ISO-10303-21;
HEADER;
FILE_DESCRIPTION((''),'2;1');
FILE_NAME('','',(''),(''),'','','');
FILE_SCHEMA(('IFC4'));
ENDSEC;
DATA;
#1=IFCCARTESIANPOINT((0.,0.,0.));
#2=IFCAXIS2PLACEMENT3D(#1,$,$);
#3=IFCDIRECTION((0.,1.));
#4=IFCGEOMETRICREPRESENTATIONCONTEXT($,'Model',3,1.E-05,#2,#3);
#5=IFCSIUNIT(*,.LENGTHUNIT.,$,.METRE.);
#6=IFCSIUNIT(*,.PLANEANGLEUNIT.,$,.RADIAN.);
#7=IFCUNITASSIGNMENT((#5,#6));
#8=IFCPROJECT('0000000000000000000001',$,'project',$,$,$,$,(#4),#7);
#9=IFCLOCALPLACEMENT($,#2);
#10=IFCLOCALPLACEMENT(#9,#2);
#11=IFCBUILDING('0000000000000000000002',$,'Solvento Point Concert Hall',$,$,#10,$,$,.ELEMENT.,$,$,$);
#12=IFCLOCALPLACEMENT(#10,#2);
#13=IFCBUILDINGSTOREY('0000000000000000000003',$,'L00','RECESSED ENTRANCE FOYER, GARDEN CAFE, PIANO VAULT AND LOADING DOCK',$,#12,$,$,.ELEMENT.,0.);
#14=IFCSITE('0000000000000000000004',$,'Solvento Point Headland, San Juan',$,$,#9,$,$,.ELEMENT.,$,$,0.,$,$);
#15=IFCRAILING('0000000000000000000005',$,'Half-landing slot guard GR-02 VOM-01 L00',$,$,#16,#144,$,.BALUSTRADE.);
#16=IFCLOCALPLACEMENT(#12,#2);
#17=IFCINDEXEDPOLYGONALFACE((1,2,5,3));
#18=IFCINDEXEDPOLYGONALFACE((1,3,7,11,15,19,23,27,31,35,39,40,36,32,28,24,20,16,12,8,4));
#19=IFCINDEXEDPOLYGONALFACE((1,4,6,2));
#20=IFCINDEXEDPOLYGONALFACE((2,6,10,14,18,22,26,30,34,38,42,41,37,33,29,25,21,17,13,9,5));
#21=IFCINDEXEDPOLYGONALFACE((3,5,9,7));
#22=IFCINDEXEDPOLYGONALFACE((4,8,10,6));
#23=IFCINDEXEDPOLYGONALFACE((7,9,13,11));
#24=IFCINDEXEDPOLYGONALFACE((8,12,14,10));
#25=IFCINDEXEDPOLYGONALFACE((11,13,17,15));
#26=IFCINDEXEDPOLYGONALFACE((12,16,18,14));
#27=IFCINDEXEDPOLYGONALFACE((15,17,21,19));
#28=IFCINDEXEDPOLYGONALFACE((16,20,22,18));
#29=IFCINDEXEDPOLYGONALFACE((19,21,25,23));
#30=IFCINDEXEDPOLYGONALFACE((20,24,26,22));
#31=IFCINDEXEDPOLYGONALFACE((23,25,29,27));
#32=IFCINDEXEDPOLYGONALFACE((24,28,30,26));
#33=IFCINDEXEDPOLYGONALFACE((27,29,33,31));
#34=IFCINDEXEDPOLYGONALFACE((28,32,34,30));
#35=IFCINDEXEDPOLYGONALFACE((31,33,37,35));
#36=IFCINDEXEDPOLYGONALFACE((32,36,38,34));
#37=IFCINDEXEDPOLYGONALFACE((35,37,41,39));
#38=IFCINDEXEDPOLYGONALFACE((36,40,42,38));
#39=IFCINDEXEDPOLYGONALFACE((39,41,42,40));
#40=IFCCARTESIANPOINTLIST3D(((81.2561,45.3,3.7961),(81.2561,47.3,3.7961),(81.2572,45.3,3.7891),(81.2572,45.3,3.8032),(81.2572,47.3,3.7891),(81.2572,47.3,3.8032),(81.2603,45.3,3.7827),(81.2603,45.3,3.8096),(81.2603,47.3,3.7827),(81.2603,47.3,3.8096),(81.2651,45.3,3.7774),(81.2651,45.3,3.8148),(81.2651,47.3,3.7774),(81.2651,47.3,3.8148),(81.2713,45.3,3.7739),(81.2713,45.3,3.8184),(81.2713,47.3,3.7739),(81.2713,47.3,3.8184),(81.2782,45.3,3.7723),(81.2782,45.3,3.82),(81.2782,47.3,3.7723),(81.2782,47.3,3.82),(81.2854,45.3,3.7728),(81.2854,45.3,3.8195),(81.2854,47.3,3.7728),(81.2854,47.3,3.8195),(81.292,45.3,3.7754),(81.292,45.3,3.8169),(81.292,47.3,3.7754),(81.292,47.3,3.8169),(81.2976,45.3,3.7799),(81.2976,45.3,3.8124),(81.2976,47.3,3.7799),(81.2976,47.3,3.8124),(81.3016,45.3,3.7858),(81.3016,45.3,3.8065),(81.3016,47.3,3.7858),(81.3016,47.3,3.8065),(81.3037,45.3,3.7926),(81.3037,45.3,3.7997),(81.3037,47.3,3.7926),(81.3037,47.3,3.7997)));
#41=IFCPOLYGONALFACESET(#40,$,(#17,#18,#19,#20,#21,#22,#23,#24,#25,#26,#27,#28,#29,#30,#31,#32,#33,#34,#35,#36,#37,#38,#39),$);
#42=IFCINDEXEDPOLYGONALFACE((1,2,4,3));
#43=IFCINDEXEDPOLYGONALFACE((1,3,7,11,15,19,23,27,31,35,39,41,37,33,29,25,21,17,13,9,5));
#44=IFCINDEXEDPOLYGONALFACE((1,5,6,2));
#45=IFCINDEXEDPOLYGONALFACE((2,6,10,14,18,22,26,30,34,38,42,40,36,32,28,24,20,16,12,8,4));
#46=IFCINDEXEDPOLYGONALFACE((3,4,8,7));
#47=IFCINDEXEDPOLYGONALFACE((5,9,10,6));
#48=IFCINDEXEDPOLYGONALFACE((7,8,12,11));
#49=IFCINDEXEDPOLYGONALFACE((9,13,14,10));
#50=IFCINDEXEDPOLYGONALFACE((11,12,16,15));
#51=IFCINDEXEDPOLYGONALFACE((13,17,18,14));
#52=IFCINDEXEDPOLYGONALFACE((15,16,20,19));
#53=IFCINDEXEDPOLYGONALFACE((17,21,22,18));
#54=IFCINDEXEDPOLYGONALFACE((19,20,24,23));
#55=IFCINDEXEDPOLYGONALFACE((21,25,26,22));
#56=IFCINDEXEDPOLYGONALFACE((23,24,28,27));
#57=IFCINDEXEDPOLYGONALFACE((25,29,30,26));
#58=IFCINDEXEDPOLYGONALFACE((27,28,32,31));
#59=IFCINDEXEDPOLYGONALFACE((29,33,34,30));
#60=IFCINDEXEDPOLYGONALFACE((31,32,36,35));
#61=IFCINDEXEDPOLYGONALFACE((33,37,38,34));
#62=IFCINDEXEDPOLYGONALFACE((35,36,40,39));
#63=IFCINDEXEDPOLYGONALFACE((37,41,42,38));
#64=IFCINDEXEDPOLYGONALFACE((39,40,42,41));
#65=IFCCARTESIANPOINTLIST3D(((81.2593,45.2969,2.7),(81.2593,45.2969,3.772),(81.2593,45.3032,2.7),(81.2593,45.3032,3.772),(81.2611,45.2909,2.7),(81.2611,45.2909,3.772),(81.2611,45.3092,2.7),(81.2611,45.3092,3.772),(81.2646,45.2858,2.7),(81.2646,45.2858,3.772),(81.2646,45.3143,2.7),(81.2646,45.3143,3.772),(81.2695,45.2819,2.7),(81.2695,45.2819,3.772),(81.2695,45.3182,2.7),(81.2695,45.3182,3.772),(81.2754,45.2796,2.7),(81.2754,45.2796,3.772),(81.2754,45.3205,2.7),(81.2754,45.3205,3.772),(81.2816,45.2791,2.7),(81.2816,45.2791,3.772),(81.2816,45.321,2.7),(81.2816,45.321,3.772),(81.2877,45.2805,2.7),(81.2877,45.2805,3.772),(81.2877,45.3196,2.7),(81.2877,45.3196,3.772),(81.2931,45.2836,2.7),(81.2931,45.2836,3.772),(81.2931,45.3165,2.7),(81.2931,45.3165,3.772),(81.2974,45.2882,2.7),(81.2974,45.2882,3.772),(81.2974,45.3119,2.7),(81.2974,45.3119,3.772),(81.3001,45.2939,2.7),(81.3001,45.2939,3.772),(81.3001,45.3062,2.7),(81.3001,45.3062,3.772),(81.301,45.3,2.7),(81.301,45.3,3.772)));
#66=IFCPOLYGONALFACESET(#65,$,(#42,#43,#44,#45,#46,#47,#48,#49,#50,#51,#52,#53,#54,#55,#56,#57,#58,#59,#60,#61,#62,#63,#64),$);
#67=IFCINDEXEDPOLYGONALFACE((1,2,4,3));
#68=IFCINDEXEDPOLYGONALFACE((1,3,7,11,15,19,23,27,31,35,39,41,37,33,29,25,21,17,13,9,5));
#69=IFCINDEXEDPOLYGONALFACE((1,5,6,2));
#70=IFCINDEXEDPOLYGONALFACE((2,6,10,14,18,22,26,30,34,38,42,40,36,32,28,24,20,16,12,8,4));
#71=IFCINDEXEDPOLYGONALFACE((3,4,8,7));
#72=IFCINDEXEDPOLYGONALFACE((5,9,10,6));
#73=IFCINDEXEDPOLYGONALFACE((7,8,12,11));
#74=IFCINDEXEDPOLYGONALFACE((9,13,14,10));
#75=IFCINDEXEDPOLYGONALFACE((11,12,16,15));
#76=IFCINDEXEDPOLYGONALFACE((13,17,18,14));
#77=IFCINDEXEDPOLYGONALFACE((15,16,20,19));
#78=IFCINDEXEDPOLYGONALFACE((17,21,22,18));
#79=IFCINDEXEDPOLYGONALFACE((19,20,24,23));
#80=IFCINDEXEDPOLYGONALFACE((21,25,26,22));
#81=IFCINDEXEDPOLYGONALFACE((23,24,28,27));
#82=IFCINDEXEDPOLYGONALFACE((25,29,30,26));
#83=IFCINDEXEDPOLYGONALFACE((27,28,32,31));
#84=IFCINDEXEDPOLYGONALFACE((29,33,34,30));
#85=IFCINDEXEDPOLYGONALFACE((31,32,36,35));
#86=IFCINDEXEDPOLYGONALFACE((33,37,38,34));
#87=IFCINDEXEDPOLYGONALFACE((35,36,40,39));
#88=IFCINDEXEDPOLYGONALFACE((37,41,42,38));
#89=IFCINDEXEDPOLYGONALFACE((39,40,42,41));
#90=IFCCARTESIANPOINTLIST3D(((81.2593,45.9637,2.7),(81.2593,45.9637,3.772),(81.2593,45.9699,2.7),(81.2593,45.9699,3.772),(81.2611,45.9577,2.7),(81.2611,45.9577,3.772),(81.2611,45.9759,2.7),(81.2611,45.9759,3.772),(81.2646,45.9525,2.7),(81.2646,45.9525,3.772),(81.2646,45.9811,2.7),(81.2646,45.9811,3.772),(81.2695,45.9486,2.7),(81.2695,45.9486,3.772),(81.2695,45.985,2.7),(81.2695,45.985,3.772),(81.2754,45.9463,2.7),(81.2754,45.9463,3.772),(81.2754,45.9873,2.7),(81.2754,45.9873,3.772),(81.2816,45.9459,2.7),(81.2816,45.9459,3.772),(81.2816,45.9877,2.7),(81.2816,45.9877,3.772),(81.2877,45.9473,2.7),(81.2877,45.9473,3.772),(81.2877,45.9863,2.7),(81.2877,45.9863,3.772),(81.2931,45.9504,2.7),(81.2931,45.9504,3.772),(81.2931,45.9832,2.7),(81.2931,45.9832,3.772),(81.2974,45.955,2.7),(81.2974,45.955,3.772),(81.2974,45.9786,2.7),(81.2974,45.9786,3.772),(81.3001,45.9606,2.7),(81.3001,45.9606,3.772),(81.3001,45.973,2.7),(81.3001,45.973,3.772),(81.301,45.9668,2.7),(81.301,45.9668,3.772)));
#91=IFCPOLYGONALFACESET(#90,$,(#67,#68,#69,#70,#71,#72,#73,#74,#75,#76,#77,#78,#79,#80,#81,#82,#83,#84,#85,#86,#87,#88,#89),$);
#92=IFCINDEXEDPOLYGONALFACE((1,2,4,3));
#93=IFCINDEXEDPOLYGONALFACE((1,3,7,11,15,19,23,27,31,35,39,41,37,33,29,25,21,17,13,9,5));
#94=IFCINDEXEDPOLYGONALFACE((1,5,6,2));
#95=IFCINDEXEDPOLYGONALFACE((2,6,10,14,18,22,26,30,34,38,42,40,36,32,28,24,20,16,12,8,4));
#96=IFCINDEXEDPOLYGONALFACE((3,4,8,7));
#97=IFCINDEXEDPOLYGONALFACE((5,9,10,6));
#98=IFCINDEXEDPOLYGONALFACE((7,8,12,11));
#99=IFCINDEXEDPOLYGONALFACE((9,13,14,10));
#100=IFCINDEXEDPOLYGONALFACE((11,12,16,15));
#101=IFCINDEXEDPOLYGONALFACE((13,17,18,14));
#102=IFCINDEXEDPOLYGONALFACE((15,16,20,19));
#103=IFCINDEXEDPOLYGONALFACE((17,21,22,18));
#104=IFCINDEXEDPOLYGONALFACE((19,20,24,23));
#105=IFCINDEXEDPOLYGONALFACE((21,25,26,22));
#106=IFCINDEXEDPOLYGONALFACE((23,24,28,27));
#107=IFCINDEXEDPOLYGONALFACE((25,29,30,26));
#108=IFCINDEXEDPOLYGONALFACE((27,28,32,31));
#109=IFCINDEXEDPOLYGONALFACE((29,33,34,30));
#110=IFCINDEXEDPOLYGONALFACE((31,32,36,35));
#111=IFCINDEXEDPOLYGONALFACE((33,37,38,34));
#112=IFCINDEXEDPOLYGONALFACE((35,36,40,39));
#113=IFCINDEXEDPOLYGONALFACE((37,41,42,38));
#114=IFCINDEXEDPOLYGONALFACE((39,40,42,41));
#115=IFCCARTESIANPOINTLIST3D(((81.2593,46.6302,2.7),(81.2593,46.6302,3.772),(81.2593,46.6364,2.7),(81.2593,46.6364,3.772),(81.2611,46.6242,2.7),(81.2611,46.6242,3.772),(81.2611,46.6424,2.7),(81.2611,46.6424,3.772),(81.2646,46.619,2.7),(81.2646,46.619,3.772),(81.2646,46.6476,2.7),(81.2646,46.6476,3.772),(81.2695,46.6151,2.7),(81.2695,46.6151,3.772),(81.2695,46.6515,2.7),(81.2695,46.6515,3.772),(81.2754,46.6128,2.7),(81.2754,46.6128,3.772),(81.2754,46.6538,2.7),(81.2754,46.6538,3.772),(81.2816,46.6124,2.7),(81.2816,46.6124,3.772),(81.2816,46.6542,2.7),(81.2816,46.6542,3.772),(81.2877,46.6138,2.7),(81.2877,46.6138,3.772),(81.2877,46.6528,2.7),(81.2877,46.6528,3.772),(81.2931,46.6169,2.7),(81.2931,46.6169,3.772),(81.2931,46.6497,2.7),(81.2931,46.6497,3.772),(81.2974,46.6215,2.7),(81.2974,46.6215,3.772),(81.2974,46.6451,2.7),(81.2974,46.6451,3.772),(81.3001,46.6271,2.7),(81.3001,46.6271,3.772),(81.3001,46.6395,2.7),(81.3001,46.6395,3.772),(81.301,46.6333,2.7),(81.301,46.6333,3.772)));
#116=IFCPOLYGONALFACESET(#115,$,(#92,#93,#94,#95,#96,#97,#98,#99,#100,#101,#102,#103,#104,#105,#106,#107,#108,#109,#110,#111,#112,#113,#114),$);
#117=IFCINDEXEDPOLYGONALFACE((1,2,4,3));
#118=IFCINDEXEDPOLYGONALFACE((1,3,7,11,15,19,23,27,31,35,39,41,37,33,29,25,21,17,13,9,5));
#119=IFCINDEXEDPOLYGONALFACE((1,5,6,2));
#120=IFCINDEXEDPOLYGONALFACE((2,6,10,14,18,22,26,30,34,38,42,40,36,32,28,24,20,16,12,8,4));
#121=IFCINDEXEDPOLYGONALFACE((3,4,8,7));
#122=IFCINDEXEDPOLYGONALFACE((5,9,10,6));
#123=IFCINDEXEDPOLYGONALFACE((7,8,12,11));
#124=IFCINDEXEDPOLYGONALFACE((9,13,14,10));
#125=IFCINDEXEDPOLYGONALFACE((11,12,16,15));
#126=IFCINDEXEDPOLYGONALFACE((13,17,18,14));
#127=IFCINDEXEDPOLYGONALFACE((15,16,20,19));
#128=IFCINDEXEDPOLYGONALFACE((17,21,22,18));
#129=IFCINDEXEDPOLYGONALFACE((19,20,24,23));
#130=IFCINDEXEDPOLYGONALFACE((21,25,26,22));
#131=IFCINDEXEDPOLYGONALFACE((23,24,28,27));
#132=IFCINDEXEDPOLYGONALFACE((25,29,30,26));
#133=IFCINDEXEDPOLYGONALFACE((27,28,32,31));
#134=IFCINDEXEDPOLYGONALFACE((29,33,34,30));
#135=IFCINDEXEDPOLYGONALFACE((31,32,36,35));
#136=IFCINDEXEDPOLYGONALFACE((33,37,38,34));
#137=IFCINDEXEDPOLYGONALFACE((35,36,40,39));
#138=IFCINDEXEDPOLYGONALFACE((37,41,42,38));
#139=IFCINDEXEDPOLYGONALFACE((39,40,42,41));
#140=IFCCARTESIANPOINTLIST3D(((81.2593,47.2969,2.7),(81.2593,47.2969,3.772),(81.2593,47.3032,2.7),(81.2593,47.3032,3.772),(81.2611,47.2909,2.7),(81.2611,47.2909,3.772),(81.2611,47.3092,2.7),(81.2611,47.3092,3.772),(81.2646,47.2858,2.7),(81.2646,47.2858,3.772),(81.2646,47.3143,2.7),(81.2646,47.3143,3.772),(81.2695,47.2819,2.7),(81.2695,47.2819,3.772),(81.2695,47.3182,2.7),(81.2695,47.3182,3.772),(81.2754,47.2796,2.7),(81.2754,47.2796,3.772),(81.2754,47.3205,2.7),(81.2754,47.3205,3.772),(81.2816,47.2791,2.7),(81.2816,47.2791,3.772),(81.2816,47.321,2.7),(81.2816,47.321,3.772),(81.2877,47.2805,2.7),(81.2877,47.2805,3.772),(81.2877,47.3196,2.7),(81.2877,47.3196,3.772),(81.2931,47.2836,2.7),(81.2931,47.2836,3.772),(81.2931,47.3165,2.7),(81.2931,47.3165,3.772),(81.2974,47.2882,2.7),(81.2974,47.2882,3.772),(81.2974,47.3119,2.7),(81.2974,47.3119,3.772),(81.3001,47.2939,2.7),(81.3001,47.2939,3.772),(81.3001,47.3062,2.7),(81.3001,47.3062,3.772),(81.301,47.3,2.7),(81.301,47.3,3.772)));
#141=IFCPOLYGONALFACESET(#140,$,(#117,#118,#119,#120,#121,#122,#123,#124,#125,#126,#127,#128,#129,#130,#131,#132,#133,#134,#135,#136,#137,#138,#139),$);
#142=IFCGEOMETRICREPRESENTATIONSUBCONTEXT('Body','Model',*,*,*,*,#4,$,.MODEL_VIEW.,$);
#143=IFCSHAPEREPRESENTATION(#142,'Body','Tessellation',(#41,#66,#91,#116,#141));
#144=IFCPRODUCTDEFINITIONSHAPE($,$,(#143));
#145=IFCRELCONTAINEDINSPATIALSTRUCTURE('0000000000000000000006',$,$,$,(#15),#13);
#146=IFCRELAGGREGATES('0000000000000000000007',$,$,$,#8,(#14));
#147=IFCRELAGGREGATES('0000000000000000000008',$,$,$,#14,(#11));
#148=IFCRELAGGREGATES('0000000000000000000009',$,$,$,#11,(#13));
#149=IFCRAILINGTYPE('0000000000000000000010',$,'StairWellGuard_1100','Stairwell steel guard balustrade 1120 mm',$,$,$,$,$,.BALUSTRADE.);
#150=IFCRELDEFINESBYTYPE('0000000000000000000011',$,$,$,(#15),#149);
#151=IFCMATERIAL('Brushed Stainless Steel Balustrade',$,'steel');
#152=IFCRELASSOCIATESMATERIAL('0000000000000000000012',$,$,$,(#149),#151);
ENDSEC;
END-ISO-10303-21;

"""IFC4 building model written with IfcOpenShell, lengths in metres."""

from ifc_helpers import new_model, si_unit, direction, frame, origin, origin_2d, place, context, subcontext, project, spatial, circle, extrude, material, type_object, element, save


model = new_model("IFC4")

# Units and contexts
model_context = context("Model", 3, precision=1e-05, world=origin(), true_north=direction((0.0, 1.0)))
body_context = subcontext(model_context, "Body", "Model", "MODEL_VIEW")
ifc_project = project(units=[si_unit("LENGTHUNIT", "METRE"), si_unit("PLANEANGLEUNIT", "RADIAN")], contexts=[model_context])

# Site, building, storey
site_placement = place(None, origin())
site = spatial("IfcSite", under=ifc_project, at=site_placement, Name="Solvento Point Headland, San Juan", CompositionType="ELEMENT", RefElevation=0.0)
building_placement = place(site_placement, origin())
building = spatial("IfcBuilding", under=site, at=building_placement, Name="Solvento Point Concert Hall", CompositionType="ELEMENT")
storey_placement = place(building_placement, origin())
storey = spatial("IfcBuildingStorey", under=building, at=storey_placement, Name="L00", Description="RECESSED ENTRANCE FOYER, GARDEN CAFE, PIANO VAULT AND LOADING DOCK", CompositionType="ELEMENT", Elevation=0.0)

# Railing
ifc_material_1 = material(Name="Brushed Stainless Steel Balustrade", Category="steel")
railing_type_1 = type_object("IfcRailingType", Name="StairWellGuard_1100", Description="Stairwell steel guard balustrade 1120 mm", PredefinedType="BALUSTRADE", material=ifc_material_1)
railing_1_placement = place(storey_placement, frame((81.28, 45.3, 2.7)))
element("IfcRailing", 1, at=railing_1_placement, inside=storey, type_object=railing_type_1, Name="Half-landing slot guard GR-02 VOM-01 L00", PredefinedType="BALUSTRADE", context=body_context, shape_type="SweptSolid", body=[
    extrude(circle(Radius=0.0239, at=origin_2d()), frame((0.0, 0.0, 1.0962), z_axis=(0.0, 1.0, 0.0), x_axis=(-1.0, 0.0, 0.0)), (0.0, 0.0, 1.0), 2.0),
    extrude(circle(Radius=0.021, at=origin_2d()), origin(), (0.0, 0.0, 1.0), 1.072),
    extrude(circle(Radius=0.021, at=origin_2d()), frame((0.0, 0.6667, 0.0)), (0.0, 0.0, 1.0), 1.072),
    extrude(circle(Radius=0.021, at=origin_2d()), frame((0.0, 1.3333, 0.0)), (0.0, 0.0, 1.0), 1.072),
    extrude(circle(Radius=0.021, at=origin_2d()), frame((0.0, 2.0, 0.0)), (0.0, 0.0, 1.0), 1.072),
])

save(model, "model.ifc")
